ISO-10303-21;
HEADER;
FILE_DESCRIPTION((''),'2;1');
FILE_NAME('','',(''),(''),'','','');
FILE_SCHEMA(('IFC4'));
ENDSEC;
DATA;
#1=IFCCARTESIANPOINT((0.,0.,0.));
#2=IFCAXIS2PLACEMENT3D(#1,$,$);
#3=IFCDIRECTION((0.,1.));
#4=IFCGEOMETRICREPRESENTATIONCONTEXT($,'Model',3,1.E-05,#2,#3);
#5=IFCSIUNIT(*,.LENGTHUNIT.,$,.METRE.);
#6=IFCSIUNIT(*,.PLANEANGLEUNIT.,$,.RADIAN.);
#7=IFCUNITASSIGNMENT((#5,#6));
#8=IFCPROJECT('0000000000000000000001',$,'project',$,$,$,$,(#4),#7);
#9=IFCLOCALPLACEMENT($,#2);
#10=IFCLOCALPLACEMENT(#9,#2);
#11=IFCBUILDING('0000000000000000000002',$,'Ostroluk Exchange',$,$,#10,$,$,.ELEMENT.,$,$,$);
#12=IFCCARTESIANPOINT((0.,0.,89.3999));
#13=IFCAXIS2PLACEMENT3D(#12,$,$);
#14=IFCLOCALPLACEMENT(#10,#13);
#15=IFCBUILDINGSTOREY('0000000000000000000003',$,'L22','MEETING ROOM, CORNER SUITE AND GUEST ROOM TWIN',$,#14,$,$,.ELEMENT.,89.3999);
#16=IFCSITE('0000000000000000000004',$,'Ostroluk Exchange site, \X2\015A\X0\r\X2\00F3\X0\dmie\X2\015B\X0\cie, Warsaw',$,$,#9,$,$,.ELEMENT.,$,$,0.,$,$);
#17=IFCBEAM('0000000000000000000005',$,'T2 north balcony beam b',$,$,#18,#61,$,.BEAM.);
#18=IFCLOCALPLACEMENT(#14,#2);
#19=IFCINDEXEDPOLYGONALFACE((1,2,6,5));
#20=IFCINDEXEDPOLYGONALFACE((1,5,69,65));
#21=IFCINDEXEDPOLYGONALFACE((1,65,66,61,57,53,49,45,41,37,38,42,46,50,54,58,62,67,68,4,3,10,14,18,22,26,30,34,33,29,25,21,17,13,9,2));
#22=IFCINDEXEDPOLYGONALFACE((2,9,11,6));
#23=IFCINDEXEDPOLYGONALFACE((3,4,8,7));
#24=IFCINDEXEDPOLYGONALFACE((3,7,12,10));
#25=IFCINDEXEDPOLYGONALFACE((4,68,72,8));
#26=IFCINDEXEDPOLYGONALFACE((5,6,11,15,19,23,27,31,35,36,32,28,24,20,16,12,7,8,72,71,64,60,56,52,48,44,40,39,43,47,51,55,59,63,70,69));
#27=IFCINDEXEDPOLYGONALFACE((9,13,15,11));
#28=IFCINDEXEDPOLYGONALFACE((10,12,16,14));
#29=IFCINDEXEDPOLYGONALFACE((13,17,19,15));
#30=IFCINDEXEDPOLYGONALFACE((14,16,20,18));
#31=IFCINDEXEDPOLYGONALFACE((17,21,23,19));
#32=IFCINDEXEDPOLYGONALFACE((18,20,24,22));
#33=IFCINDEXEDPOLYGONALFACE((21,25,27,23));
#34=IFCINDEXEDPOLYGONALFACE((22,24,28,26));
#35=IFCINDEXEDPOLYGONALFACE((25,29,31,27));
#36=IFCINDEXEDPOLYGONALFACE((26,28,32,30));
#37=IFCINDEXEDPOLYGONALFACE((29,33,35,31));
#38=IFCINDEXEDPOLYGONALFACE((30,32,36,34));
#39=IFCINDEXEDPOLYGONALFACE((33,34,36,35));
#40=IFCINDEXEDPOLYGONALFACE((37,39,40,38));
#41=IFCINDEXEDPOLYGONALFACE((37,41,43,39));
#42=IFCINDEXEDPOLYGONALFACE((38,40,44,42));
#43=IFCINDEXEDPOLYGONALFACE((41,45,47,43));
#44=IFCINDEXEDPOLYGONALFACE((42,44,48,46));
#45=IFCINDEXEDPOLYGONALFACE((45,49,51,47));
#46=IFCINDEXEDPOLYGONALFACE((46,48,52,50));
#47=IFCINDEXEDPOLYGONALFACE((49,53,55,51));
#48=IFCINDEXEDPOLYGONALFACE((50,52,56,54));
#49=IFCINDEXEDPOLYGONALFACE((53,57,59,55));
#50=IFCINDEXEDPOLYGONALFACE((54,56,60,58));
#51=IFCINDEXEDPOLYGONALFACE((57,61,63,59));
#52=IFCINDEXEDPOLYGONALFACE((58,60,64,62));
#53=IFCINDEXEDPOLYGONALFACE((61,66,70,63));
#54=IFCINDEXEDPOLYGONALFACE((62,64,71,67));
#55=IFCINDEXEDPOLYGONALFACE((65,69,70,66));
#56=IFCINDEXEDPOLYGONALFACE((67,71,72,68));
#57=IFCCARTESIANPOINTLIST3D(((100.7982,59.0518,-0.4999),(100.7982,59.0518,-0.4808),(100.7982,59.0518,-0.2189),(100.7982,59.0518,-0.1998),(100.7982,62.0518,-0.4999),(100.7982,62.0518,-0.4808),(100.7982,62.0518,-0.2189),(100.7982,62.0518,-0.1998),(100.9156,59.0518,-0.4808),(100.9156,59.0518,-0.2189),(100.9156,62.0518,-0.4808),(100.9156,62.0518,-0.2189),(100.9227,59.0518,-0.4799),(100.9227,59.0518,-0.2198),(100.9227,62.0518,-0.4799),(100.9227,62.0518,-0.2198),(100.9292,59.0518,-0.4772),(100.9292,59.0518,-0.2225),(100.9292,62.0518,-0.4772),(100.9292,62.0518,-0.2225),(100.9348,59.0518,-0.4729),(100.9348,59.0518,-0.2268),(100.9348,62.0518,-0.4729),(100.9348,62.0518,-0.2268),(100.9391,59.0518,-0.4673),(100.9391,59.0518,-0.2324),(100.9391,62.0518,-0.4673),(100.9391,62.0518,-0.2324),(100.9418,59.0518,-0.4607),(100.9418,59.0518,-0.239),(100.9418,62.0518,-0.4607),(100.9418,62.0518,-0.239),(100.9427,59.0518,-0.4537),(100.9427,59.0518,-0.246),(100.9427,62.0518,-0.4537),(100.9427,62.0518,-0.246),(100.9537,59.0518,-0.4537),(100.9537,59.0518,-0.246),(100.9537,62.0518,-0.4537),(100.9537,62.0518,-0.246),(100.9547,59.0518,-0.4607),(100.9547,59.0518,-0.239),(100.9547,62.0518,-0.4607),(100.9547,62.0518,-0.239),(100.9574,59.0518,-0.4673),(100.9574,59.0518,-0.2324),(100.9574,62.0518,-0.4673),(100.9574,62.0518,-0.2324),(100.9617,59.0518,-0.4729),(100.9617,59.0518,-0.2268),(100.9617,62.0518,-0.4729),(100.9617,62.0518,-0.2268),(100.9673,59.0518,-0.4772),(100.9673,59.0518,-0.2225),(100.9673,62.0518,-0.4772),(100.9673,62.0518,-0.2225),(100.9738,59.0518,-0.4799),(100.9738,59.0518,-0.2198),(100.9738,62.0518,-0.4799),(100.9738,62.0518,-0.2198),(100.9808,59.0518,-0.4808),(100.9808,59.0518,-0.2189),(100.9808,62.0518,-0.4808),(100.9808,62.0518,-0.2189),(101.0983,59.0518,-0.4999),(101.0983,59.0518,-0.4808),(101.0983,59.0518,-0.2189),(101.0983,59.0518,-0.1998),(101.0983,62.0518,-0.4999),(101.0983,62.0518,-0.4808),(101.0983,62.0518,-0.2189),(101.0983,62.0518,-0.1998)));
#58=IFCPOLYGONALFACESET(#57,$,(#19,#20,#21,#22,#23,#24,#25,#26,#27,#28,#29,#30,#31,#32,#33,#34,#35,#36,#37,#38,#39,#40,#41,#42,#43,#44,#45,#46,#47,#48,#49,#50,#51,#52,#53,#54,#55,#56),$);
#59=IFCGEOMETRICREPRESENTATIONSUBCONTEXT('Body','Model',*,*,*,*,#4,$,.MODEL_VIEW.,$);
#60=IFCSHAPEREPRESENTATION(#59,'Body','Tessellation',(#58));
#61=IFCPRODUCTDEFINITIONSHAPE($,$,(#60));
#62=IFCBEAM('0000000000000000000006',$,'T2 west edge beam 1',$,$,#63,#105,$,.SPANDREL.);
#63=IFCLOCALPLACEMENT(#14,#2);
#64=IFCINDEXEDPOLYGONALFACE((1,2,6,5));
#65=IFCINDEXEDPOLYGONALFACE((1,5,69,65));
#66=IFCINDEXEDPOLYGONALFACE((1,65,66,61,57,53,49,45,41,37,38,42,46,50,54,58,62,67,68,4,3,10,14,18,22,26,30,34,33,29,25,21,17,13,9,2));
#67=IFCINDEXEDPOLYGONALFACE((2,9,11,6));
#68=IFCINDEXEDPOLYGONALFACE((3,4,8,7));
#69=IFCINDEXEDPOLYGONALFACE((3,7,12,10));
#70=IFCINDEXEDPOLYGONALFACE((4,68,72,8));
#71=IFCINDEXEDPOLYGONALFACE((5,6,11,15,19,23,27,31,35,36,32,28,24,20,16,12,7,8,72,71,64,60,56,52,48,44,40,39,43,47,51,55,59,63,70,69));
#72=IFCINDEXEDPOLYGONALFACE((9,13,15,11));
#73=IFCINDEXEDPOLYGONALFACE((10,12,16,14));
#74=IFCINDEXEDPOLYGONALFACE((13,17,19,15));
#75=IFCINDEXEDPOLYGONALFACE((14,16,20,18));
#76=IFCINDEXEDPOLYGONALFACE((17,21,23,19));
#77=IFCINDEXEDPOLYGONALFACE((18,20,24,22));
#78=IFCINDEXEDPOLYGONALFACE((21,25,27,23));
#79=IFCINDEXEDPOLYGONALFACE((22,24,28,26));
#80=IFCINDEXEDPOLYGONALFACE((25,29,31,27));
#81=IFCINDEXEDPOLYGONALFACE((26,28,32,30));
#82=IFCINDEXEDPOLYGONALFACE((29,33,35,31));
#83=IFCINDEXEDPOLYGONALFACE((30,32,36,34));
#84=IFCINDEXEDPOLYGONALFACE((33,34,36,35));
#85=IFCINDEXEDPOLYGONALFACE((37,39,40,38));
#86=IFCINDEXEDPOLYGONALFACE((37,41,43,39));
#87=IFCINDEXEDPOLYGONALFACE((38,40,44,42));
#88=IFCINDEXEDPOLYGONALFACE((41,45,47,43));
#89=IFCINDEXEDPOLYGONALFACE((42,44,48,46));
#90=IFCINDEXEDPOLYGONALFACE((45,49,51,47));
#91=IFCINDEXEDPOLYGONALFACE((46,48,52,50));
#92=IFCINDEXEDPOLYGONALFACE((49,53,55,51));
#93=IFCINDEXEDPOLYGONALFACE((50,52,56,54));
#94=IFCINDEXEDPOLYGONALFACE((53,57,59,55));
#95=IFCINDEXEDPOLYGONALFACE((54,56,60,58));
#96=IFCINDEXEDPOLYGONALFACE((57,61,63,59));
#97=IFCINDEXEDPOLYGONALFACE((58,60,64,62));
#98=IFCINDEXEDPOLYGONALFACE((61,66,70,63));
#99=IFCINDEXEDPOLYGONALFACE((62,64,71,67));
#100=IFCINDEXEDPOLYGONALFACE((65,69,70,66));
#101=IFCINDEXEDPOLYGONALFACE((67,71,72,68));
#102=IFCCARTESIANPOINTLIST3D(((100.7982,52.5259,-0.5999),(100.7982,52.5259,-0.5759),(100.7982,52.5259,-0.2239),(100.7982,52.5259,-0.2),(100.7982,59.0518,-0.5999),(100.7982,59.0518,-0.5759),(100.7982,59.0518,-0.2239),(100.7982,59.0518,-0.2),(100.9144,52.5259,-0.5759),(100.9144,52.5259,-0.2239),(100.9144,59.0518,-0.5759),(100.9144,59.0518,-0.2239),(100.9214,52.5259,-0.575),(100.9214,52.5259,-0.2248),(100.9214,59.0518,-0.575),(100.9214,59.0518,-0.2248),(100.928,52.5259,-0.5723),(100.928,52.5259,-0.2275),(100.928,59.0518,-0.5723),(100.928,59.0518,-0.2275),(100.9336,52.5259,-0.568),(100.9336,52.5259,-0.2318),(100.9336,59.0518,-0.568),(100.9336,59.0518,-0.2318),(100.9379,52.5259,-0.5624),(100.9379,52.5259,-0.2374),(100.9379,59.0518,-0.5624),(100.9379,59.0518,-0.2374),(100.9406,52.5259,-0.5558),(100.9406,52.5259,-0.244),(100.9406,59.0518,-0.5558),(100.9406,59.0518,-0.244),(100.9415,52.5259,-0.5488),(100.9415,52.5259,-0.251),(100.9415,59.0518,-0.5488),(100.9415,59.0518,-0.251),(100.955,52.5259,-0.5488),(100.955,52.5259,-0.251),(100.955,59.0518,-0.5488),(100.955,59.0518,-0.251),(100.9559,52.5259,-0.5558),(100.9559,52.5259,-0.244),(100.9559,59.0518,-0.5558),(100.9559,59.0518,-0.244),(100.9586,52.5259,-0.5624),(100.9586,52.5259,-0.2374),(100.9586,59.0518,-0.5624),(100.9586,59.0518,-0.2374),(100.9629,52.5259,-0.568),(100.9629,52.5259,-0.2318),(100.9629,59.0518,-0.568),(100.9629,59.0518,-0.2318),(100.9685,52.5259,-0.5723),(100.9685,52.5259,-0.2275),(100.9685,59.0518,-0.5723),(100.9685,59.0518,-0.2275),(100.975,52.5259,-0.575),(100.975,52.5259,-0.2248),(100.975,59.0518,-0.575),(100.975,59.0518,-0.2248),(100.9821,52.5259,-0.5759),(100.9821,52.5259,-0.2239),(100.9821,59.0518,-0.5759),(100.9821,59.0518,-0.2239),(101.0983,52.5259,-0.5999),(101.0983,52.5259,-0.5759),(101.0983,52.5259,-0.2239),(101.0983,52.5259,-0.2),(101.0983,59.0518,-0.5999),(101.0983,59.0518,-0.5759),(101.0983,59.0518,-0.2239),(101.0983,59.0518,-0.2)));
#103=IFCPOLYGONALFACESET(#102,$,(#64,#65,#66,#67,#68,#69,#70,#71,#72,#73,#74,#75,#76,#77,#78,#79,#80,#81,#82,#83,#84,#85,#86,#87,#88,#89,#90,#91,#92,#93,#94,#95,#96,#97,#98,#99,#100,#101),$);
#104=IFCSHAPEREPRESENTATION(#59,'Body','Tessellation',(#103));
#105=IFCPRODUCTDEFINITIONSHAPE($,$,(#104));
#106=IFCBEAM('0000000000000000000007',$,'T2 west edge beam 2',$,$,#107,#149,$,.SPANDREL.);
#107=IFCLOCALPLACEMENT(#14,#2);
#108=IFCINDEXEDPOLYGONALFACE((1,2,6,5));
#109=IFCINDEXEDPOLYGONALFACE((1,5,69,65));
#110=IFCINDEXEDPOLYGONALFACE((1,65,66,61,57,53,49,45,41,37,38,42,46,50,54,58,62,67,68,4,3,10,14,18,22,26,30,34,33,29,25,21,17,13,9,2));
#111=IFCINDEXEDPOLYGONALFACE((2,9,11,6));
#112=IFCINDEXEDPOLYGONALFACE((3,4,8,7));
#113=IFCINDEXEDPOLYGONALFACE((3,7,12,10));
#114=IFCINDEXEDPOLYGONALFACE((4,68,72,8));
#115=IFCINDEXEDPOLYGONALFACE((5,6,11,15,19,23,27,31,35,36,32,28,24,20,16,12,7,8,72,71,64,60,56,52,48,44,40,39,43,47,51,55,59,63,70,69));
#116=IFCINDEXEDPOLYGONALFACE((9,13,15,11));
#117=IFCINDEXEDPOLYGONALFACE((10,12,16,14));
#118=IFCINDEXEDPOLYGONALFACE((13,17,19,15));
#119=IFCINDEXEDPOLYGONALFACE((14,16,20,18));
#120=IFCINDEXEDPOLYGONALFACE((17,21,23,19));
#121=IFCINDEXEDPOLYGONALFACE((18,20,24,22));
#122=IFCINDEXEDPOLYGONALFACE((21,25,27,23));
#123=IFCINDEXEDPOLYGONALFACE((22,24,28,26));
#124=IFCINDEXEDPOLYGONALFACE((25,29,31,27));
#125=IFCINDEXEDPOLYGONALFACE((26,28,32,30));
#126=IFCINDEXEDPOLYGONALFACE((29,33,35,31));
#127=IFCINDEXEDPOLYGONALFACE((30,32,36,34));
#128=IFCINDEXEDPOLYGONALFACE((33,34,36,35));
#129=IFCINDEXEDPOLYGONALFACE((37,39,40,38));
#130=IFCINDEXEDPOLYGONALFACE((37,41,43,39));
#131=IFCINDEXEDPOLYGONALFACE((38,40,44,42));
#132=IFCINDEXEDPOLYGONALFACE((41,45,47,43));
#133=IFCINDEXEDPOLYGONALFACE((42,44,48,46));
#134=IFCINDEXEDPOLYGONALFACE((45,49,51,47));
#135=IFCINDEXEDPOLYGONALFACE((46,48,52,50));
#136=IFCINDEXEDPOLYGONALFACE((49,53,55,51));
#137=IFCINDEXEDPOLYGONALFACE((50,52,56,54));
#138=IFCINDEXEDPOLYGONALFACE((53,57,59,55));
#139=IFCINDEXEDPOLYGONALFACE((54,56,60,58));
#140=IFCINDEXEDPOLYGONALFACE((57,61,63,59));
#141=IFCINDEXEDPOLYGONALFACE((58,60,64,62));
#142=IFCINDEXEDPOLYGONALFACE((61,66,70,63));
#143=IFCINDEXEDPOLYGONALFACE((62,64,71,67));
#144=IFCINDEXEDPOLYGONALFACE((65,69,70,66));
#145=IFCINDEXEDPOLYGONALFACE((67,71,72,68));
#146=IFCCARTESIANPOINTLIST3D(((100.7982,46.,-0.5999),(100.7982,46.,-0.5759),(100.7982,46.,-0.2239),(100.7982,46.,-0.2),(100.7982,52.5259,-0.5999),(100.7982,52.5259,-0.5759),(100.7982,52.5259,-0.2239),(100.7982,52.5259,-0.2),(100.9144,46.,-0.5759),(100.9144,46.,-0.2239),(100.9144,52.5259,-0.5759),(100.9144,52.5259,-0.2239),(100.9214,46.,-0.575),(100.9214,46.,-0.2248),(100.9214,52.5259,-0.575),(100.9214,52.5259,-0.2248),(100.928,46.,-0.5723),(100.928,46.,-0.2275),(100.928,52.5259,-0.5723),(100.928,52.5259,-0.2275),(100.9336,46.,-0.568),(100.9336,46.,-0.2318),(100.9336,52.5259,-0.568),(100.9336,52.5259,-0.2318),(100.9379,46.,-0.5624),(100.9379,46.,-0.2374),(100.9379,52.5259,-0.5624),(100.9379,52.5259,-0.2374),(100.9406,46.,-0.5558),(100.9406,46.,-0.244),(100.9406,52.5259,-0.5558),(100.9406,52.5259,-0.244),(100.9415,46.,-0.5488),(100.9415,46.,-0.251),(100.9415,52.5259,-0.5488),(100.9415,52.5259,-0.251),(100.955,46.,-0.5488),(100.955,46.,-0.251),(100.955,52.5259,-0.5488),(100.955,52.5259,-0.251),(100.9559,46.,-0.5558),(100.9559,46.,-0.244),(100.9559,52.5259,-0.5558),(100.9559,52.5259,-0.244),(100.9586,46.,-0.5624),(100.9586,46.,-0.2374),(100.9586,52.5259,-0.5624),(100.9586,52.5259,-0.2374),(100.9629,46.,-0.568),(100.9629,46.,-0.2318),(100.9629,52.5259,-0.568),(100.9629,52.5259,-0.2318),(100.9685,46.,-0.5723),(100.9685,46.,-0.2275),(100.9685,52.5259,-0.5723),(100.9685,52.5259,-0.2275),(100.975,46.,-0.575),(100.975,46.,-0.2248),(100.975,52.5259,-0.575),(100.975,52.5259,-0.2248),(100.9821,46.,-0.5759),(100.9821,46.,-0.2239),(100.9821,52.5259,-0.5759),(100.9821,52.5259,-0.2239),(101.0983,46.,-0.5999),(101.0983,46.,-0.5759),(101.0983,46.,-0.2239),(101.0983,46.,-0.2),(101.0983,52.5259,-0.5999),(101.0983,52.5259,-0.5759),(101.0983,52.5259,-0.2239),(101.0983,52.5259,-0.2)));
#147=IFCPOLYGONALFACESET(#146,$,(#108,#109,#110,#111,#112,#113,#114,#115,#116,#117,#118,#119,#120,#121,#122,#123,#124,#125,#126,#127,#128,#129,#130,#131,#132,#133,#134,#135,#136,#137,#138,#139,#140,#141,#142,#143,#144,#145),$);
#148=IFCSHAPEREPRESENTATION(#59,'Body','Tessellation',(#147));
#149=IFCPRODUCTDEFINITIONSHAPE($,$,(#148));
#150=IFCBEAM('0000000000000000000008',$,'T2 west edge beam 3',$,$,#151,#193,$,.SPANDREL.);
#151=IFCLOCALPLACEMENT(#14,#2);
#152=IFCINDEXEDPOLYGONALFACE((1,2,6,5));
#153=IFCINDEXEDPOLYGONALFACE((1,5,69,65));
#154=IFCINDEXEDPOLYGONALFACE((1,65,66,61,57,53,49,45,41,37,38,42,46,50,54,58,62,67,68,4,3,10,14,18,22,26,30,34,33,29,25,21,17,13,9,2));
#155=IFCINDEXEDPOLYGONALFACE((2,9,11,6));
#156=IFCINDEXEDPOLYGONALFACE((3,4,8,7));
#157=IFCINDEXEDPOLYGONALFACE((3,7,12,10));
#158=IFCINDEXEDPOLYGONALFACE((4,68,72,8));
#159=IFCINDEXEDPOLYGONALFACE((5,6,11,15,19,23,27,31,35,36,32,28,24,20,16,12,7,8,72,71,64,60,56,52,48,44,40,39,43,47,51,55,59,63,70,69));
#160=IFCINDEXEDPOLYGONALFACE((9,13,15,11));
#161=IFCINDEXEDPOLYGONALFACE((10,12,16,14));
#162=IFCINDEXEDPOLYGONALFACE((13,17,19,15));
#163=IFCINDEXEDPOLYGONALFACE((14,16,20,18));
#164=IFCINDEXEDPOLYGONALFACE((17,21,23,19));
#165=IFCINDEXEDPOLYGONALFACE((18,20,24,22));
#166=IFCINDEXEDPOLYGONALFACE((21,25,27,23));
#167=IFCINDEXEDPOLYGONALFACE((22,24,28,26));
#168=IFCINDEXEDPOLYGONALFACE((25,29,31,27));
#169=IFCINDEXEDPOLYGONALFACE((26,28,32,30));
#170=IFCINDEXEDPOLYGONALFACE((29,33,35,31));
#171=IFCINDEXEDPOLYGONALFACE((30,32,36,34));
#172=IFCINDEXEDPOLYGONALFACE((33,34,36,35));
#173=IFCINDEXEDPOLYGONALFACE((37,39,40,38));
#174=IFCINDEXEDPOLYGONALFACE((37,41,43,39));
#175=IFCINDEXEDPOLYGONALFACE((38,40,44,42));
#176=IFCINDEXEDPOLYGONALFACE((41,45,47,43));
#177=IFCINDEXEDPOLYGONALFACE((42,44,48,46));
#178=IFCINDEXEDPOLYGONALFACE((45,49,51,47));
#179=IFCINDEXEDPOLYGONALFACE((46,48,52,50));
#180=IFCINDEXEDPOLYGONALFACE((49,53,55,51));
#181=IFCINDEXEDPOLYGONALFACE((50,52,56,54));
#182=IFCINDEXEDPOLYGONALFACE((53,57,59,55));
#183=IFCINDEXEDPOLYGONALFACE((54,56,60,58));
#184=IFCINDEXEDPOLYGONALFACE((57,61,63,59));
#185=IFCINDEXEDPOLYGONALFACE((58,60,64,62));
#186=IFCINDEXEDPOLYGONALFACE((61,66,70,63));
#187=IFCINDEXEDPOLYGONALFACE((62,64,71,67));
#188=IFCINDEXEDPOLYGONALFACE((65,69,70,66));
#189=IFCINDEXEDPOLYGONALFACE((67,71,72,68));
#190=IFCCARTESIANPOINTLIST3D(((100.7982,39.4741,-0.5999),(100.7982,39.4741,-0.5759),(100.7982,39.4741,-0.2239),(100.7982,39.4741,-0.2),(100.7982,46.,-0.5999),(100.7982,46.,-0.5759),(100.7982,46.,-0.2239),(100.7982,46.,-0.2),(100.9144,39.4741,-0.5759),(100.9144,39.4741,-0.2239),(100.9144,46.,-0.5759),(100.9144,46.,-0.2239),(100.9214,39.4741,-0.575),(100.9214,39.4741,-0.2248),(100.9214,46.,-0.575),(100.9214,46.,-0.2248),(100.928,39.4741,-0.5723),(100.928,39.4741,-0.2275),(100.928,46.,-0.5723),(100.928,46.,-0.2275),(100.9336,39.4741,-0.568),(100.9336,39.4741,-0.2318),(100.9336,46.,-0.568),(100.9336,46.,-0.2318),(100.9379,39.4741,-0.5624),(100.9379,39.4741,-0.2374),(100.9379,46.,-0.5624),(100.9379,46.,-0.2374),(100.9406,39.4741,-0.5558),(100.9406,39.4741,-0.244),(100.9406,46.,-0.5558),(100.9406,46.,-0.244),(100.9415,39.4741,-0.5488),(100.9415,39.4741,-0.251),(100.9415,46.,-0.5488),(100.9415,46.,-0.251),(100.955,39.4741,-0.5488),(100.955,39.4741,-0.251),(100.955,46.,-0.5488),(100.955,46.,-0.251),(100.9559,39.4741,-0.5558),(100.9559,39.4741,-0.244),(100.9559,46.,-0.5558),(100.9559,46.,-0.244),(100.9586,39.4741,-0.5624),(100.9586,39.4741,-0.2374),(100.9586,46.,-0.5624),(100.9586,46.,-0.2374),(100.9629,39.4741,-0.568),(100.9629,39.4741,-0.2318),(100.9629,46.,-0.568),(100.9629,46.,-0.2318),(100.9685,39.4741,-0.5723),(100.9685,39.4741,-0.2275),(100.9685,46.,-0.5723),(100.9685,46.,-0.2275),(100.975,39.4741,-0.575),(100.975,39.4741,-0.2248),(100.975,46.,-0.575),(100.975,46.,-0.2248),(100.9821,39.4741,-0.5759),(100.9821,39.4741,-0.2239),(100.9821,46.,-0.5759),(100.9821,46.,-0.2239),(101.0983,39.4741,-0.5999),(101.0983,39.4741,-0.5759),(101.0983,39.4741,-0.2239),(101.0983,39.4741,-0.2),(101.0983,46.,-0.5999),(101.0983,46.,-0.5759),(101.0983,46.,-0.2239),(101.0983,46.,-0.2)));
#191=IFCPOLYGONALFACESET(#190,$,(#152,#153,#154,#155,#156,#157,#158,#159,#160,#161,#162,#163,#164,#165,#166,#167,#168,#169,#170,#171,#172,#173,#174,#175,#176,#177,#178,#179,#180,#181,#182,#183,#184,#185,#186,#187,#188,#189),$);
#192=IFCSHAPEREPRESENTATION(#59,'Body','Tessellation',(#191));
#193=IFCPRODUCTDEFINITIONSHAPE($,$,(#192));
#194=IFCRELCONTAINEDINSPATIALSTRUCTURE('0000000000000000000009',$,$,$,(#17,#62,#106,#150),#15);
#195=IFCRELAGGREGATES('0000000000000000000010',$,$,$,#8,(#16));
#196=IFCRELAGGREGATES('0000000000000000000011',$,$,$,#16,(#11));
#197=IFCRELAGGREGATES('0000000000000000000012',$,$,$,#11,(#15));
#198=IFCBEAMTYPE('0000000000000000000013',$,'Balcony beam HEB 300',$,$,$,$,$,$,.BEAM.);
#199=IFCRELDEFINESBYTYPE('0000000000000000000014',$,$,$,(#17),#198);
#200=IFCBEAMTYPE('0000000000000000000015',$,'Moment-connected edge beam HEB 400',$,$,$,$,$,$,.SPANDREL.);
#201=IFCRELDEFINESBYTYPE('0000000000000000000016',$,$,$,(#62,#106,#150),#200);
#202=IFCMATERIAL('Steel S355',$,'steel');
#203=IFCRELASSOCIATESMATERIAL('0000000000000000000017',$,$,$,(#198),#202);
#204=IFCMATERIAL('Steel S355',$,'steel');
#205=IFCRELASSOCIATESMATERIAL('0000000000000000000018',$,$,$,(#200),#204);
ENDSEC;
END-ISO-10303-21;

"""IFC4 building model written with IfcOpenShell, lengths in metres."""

from ifc_helpers import new_model, si_unit, direction, frame, origin, origin_2d, place, context, subcontext, project, spatial, i_section, extrude, material, material_profile, profile_set, type_object, element, save


model = new_model("IFC4")

# Units and contexts
model_context = context("Model", 3, precision=1e-05, world=origin(), true_north=direction((0.0, 1.0)))
body_context = subcontext(model_context, "Body", "Model", "MODEL_VIEW")
ifc_project = project(units=[si_unit("LENGTHUNIT", "METRE"), si_unit("PLANEANGLEUNIT", "RADIAN")], contexts=[model_context])

# Site, building, storey
site_placement = place(None, origin())
site = spatial("IfcSite", under=ifc_project, at=site_placement, Name="Ostroluk Exchange site, Śródmieście, Warsaw", CompositionType="ELEMENT", RefElevation=0.0)
building_placement = place(site_placement, origin())
building = spatial("IfcBuilding", under=site, at=building_placement, Name="Ostroluk Exchange", CompositionType="ELEMENT")
storey_placement = place(building_placement, frame((0.0, 0.0, 89.3999)))
storey = spatial("IfcBuildingStorey", under=building, at=storey_placement, Name="L22", Description="MEETING ROOM, CORNER SUITE AND GUEST ROOM TWIN", CompositionType="ELEMENT", Elevation=89.3999)

# Beams
ifc_material_1 = material(Name="Steel S355", Category="steel")
ifc_material_profile_1 = material_profile(ifc_material_1, i_section(OverallWidth=0.3, OverallDepth=0.3, WebThickness=0.011, FlangeThickness=0.019, FilletRadius=0.0271, at=origin_2d()), Name="HEB 300")
ifc_profile_set_1 = profile_set([ifc_material_profile_1], Name="Steel S355")
beam_type_1 = type_object("IfcBeamType", Name="Balcony beam HEB 300", PredefinedType="BEAM", material=ifc_profile_set_1)
beam_placement = place(storey_placement, frame((100.9482, 59.0518, -0.3499), z_axis=(0.0, 1.0, 0.0), x_axis=(-1.0, 0.0, 0.0)))
element("IfcBeam", 1, at=beam_placement, inside=storey, type_object=beam_type_1, Name="T2 north balcony beam b", PredefinedType="BEAM", context=body_context, shape_type="SweptSolid", body=[
    extrude(i_section(OverallWidth=0.3, OverallDepth=0.3, WebThickness=0.011, FlangeThickness=0.019, FilletRadius=0.0271, at=origin_2d()), origin(), (0.0, 0.0, 1.0), 3.0),
])
ifc_material_2 = material(Name="Steel S355", Category="steel")
ifc_material_profile_2 = material_profile(ifc_material_2, i_section(OverallWidth=0.3, OverallDepth=0.3999, WebThickness=0.0134, FlangeThickness=0.0239, FilletRadius=0.0271, at=origin_2d()), Name="HEB 400")
ifc_profile_set_2 = profile_set([ifc_material_profile_2], Name="Steel S355")
beam_type_2 = type_object("IfcBeamType", Name="Moment-connected edge beam HEB 400", PredefinedType="SPANDREL", material=ifc_profile_set_2)
for number, where, z_axis, x_axis, name in (
    (2, (100.9482, 59.0518, -0.3999), (0.0, -1.0, 0.0), (1.0, 0.0, 0.0), "T2 west edge beam 1"),
    (3, (100.9482, 52.5259, -0.3999), (0.0, -1.0, 0.0), (1.0, 0.0, 0.0), "T2 west edge beam 2"),
    (4, (100.9482, 46.0, -0.3999), (0.0, -1.0, 0.0), (1.0, 0.0, 0.0), "T2 west edge beam 3"),
):
    element("IfcBeam", number, at=place(storey_placement, frame(where, z_axis=z_axis, x_axis=x_axis)), inside=storey, type_object=beam_type_2, Name=name, PredefinedType="SPANDREL", context=body_context, shape_type="SweptSolid", body=[
        extrude(i_section(OverallWidth=0.3, OverallDepth=0.3999, WebThickness=0.0134, FlangeThickness=0.0239, FilletRadius=0.0271, at=origin_2d()), origin(), (0.0, 0.0, 1.0), 6.5259),
    ])

save(model, "model.ifc")
